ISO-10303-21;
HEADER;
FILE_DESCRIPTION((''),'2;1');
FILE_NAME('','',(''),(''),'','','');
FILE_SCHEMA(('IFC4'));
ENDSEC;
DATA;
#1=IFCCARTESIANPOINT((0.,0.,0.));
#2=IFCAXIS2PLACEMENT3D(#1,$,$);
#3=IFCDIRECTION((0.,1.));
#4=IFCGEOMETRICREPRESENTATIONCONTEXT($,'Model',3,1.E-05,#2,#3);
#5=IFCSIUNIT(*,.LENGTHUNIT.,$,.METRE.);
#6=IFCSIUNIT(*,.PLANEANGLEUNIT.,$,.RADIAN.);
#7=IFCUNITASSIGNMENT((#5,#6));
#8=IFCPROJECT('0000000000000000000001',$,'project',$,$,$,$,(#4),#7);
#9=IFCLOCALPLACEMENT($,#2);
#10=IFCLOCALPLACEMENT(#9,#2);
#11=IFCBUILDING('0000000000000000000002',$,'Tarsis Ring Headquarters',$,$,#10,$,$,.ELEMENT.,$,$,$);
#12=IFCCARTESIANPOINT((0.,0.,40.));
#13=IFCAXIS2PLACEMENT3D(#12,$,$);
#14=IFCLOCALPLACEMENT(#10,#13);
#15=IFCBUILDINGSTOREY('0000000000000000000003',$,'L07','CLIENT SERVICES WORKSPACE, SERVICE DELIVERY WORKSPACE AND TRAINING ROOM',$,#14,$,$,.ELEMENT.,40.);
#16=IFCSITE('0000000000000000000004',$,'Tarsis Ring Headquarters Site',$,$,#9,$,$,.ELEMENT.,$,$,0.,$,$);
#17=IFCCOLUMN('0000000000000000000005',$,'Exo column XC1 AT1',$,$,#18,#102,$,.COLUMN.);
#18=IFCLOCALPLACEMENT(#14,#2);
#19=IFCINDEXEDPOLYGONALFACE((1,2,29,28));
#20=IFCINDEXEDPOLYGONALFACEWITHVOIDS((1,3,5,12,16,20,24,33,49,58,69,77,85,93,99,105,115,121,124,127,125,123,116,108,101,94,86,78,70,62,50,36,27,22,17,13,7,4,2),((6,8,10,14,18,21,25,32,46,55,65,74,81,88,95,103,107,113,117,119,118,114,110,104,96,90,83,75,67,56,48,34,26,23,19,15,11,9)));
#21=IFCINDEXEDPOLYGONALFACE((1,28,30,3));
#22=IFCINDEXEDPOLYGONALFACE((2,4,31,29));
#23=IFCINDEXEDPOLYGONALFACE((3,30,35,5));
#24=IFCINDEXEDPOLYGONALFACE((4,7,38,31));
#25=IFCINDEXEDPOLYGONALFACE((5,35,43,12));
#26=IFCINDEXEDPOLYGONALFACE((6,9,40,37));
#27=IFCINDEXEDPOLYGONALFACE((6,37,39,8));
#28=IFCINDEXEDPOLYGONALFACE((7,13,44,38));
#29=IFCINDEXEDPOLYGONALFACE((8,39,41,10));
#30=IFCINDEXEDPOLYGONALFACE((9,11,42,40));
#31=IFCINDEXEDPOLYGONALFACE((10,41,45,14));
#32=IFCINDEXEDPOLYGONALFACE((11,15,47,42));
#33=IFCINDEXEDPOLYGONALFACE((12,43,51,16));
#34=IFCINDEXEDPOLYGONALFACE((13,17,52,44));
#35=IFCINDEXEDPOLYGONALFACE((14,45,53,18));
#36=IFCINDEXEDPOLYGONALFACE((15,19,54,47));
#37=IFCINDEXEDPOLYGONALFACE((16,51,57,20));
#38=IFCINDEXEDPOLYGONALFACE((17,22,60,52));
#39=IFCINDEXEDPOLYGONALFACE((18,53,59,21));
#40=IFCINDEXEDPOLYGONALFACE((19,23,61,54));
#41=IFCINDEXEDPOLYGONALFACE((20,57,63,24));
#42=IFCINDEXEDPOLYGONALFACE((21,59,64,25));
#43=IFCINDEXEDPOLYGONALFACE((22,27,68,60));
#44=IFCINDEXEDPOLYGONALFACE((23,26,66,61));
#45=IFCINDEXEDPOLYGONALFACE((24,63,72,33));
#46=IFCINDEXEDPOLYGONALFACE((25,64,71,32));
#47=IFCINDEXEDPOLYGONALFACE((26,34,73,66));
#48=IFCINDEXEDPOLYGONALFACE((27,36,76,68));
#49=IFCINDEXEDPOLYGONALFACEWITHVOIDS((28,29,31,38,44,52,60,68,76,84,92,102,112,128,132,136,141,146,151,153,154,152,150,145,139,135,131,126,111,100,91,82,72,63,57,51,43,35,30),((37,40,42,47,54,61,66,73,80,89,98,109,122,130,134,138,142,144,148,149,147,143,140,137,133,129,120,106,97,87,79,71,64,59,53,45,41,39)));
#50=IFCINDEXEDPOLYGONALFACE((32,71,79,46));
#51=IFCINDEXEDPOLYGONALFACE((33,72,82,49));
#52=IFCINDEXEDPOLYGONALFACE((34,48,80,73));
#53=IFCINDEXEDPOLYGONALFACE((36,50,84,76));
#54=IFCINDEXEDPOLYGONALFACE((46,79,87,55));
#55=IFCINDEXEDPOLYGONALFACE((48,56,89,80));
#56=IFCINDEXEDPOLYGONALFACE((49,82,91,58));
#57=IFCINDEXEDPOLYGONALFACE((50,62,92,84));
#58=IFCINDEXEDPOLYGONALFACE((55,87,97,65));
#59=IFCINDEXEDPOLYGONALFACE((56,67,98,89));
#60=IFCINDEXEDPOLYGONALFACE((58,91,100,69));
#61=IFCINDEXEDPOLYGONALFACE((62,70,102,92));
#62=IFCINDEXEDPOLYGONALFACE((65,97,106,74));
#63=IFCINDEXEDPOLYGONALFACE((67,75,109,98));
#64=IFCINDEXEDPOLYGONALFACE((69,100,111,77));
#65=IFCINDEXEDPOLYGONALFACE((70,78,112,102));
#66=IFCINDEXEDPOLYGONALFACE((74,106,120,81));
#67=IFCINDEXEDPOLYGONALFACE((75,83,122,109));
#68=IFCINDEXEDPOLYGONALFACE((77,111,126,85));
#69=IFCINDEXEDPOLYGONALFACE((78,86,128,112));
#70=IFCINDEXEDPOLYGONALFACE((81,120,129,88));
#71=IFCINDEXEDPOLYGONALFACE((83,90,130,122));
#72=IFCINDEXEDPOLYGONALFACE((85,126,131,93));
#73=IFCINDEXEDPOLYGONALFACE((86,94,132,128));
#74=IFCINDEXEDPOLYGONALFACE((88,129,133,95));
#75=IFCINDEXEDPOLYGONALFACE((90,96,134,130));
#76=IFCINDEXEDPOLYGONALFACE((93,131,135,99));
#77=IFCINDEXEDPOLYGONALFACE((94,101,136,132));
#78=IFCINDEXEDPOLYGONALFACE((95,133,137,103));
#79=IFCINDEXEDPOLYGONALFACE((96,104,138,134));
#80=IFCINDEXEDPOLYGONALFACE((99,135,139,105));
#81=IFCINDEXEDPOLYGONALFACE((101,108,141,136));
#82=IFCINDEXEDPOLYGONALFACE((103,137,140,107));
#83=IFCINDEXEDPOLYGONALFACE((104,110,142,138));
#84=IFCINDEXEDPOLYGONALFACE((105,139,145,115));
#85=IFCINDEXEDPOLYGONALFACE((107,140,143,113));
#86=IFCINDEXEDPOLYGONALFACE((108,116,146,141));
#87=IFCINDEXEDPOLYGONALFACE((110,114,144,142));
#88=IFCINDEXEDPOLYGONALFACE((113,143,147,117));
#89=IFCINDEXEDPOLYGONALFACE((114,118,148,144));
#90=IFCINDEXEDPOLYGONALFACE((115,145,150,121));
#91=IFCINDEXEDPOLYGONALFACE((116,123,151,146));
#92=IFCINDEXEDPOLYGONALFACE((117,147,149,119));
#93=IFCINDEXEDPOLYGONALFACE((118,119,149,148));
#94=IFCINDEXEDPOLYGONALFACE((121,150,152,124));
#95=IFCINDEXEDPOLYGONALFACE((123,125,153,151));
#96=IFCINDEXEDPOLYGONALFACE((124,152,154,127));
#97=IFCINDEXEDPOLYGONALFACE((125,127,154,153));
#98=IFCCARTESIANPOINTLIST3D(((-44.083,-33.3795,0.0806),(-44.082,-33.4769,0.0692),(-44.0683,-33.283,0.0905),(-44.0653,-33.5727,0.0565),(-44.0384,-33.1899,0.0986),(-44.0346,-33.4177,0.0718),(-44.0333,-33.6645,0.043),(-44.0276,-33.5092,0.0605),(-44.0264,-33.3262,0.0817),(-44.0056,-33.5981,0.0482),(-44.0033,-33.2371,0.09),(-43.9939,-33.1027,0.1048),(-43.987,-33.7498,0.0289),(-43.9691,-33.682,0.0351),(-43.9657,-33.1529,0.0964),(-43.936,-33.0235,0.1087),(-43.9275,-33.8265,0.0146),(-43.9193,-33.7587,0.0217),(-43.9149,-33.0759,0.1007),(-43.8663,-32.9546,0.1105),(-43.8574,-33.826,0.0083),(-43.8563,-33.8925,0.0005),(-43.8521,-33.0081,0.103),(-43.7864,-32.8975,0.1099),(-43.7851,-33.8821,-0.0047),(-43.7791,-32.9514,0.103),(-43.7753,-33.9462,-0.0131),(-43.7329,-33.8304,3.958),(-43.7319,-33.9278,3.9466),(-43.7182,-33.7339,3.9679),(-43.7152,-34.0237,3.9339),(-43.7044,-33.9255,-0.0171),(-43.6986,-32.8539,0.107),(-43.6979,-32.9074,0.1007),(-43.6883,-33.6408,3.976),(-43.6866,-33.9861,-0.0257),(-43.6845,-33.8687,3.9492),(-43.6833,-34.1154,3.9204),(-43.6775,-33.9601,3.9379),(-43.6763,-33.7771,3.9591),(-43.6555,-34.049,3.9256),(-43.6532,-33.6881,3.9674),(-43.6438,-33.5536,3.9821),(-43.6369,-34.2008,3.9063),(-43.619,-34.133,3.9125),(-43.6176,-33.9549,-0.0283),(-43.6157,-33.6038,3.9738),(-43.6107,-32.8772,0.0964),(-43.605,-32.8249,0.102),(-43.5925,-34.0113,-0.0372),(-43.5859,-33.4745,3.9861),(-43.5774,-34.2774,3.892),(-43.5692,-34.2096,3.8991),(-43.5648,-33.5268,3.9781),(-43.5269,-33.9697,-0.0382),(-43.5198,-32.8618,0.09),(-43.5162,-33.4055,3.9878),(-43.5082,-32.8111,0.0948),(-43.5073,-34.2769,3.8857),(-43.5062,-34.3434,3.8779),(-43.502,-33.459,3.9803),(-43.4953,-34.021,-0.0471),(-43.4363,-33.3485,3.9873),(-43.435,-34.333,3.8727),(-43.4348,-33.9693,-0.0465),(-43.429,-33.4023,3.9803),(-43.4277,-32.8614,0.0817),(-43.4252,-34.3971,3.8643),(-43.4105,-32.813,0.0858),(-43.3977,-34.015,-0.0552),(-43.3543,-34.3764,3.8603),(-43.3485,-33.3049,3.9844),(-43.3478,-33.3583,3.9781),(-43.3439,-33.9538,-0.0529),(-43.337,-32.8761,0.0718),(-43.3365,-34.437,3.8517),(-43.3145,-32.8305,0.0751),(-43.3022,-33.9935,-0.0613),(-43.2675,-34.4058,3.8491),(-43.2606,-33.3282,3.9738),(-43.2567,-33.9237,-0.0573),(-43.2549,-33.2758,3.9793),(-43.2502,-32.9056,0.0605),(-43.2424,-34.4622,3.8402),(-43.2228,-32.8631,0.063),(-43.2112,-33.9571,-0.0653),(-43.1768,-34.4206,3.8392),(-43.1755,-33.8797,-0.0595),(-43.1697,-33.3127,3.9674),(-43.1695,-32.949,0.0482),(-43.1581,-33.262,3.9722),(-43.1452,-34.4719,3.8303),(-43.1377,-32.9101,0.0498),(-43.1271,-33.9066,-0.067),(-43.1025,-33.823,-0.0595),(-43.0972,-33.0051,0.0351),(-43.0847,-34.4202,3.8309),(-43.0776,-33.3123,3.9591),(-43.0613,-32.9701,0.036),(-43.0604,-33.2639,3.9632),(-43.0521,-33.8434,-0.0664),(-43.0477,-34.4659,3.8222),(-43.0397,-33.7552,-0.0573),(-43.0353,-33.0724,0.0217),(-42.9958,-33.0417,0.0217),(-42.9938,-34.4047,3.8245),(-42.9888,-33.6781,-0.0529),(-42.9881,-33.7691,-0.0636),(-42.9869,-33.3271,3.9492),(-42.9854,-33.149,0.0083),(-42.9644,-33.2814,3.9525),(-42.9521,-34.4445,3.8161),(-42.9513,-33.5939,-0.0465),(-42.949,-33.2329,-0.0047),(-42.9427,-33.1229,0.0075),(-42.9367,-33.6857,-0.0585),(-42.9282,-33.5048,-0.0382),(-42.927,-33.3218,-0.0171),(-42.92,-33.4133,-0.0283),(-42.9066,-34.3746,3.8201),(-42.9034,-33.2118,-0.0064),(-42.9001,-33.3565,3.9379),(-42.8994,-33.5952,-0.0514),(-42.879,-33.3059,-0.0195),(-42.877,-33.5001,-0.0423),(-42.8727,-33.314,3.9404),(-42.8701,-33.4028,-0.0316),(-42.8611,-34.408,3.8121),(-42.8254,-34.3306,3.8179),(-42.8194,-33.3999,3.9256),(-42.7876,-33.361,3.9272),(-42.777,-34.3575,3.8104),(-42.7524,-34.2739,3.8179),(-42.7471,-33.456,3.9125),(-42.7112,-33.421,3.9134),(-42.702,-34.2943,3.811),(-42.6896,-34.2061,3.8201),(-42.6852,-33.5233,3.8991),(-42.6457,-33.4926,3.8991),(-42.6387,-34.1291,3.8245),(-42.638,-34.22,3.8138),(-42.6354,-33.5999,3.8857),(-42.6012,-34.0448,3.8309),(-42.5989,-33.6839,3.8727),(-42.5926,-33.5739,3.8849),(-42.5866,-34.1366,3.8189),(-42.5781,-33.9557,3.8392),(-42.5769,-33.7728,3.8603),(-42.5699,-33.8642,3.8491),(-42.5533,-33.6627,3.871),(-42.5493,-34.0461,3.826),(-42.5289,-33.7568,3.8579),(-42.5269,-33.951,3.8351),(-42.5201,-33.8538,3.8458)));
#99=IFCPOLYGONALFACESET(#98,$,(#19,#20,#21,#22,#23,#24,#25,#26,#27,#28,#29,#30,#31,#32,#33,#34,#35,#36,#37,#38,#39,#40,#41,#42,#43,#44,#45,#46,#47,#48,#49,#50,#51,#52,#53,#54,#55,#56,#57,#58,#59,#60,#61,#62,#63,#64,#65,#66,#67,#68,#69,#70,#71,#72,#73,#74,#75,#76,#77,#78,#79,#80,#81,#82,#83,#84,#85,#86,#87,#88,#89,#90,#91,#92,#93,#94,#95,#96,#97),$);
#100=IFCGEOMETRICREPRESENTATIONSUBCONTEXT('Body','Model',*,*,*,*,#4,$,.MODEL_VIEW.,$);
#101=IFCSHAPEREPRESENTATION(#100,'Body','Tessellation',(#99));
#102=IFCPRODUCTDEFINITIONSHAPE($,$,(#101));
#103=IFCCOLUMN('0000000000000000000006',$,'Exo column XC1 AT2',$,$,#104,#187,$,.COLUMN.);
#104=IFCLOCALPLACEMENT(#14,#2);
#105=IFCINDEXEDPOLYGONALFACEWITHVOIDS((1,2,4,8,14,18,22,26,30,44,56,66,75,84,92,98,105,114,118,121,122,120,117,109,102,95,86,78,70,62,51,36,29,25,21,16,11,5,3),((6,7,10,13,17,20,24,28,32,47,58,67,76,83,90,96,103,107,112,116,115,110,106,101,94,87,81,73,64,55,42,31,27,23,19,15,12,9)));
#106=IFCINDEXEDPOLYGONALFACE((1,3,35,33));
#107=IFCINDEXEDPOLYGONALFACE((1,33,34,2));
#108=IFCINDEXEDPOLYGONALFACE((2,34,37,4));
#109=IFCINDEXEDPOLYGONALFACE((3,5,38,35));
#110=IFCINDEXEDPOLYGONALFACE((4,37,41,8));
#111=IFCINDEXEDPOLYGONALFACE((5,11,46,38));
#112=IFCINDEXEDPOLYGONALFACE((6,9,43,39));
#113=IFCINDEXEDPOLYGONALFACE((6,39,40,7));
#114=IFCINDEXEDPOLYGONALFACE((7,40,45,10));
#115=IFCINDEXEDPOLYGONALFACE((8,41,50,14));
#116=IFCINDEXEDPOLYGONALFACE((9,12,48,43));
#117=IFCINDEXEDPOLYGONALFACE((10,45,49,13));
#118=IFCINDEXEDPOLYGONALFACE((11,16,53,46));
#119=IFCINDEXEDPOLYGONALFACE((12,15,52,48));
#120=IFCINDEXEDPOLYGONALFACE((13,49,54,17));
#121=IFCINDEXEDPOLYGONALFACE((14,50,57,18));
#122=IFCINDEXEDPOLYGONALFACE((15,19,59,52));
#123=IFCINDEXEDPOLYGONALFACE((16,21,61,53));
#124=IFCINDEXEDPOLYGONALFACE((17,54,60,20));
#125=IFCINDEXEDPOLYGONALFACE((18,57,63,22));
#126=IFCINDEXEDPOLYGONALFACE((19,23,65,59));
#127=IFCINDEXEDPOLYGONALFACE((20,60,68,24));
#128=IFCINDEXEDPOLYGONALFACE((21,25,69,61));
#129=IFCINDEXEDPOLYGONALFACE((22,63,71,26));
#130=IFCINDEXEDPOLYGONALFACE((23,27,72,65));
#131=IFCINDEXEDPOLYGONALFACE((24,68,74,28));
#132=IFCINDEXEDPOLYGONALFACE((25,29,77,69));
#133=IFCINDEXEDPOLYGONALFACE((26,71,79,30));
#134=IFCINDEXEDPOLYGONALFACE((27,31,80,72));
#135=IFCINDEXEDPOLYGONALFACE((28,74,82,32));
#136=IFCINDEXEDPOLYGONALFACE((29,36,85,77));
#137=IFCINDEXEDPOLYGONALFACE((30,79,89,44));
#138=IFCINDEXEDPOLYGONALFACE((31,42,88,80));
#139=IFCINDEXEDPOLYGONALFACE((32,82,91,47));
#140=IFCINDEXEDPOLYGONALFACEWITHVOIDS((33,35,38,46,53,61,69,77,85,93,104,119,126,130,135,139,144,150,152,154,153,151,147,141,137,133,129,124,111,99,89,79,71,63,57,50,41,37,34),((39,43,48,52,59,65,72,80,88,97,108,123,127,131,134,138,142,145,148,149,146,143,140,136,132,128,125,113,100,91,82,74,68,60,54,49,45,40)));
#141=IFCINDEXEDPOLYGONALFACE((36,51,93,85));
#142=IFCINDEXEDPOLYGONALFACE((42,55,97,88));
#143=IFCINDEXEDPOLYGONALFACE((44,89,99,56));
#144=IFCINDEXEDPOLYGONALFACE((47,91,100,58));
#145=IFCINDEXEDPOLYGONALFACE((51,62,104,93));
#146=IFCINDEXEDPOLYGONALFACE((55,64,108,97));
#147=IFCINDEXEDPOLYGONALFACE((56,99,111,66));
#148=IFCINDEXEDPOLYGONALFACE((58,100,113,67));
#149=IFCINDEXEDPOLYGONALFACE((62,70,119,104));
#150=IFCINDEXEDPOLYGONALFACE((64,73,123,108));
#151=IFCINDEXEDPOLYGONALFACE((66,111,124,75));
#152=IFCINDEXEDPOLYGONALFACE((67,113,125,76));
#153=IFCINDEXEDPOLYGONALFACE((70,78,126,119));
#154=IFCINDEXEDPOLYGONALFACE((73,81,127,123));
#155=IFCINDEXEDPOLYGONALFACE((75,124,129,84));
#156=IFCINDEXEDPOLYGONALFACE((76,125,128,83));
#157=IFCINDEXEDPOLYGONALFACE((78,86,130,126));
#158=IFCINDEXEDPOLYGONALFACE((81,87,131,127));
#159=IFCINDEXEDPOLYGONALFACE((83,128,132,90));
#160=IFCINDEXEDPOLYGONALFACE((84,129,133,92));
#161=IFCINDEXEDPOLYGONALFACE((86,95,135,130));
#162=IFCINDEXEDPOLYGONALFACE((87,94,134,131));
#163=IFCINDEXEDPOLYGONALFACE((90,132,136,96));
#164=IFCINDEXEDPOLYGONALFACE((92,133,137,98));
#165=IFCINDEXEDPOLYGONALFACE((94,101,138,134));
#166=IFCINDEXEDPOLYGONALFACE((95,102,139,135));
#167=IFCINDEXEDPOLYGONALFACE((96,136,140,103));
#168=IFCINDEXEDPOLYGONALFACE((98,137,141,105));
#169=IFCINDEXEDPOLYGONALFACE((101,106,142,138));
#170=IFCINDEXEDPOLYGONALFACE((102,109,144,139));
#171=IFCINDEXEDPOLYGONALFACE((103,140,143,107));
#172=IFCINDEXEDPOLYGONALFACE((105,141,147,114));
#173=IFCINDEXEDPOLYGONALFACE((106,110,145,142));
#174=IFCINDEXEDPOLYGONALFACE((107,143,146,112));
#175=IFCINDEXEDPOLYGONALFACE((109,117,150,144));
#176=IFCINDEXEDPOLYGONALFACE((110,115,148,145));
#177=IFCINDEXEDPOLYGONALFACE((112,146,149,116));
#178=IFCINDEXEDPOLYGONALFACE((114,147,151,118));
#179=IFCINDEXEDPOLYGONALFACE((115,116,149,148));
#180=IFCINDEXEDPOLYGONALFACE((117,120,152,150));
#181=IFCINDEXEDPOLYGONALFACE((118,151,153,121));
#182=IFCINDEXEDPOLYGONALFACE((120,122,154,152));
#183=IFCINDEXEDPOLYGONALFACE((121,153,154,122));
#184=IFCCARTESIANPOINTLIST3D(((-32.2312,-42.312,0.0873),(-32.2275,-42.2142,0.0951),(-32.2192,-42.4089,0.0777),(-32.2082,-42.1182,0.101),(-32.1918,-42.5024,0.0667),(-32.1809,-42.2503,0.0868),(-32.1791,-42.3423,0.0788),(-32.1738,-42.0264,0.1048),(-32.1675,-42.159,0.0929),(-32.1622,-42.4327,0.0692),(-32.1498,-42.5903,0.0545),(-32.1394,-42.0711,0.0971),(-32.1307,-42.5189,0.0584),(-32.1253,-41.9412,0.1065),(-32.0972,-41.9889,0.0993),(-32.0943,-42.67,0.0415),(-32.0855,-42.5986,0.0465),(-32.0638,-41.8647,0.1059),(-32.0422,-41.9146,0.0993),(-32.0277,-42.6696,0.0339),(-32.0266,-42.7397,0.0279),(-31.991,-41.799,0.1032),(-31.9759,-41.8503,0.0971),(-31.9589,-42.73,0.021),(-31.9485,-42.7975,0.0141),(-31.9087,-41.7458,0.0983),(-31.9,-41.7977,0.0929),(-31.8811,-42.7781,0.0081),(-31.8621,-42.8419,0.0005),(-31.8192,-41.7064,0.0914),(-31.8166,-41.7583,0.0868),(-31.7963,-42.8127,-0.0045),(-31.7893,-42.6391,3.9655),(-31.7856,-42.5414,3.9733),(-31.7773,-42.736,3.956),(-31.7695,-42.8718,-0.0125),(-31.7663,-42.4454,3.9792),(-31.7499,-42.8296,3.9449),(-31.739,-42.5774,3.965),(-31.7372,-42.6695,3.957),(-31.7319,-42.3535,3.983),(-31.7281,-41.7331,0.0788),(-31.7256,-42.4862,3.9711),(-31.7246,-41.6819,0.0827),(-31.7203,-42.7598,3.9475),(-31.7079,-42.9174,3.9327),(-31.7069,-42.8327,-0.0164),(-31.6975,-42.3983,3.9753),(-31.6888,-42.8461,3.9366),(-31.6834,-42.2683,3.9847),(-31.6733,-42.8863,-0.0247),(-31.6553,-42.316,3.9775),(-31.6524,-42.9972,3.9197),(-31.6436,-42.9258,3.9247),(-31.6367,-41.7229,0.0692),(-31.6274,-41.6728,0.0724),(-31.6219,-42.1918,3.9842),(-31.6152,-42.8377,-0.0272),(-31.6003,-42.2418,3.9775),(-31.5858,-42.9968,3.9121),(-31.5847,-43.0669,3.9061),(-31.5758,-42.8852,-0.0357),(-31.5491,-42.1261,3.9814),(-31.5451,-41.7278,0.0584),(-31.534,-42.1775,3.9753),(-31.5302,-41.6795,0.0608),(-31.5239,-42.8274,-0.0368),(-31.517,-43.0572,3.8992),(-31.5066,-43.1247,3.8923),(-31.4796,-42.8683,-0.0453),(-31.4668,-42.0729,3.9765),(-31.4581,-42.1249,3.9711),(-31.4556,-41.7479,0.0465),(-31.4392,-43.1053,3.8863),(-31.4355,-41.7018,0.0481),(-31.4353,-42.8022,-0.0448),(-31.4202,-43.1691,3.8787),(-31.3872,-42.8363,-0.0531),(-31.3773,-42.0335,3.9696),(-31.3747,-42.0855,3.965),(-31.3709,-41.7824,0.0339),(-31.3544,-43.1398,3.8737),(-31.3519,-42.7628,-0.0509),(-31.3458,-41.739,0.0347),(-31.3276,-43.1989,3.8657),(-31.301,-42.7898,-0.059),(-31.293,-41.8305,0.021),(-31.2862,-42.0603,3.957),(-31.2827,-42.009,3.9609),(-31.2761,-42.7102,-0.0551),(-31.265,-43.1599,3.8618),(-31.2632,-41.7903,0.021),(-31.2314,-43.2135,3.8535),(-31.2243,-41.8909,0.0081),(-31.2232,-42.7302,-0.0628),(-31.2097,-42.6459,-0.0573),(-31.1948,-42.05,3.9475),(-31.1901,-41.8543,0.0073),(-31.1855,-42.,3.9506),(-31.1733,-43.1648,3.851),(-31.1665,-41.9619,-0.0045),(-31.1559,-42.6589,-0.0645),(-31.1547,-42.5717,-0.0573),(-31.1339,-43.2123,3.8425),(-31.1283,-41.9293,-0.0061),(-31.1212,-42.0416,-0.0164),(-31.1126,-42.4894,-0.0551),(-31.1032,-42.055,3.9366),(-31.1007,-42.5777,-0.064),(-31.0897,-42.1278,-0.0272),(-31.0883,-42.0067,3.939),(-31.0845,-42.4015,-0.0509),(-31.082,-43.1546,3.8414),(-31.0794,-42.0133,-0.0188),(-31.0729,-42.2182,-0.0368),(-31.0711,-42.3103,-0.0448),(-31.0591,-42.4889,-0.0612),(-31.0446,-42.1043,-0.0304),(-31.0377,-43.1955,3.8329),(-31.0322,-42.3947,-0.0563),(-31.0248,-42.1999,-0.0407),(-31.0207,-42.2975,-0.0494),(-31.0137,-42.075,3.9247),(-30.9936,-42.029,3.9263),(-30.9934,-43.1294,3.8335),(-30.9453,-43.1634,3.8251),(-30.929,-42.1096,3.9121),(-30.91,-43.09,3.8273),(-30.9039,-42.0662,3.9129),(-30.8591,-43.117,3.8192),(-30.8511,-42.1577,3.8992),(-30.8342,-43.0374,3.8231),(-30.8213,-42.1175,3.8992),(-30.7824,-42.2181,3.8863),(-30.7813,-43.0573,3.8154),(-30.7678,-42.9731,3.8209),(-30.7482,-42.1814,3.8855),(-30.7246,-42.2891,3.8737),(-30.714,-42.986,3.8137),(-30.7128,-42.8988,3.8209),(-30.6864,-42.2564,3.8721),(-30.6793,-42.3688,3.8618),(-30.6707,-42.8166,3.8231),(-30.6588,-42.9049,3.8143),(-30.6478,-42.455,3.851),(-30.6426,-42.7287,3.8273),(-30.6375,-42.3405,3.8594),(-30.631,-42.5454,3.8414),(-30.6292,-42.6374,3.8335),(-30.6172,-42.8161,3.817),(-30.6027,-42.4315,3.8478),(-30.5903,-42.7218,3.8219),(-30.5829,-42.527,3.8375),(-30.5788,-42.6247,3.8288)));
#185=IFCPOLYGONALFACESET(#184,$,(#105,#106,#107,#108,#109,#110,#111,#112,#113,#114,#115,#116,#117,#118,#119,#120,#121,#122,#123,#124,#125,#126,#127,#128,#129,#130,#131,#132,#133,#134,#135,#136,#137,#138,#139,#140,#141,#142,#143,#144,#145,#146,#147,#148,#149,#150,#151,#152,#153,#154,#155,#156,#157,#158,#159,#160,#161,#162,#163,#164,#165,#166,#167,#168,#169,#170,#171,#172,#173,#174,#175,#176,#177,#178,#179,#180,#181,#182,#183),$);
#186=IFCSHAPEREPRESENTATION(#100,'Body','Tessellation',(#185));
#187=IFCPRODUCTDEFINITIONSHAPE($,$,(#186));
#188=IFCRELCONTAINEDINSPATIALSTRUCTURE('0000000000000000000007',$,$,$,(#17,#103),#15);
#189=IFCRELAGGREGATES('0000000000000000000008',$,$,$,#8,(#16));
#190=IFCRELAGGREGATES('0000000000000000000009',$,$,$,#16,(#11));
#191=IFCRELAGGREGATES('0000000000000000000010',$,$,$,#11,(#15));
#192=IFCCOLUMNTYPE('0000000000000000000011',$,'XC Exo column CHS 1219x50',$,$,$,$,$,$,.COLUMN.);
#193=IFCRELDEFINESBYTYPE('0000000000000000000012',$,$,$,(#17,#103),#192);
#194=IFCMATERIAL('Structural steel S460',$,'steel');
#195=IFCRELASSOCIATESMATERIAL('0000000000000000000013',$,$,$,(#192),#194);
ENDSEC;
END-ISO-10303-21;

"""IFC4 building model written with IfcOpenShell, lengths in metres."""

from ifc_helpers import new_model, si_unit, direction, frame, origin, origin_2d, place, context, subcontext, project, spatial, hollow_circle, extrude, material, material_profile, profile_set, type_object, element, save


model = new_model("IFC4")

# Units and contexts
model_context = context("Model", 3, precision=1e-05, world=origin(), true_north=direction((0.0, 1.0)))
body_context = subcontext(model_context, "Body", "Model", "MODEL_VIEW")
ifc_project = project(units=[si_unit("LENGTHUNIT", "METRE"), si_unit("PLANEANGLEUNIT", "RADIAN")], contexts=[model_context])

# Site, building, storey
site_placement = place(None, origin())
site = spatial("IfcSite", under=ifc_project, at=site_placement, Name="Tarsis Ring Headquarters Site", CompositionType="ELEMENT", RefElevation=0.0)
building_placement = place(site_placement, origin())
building = spatial("IfcBuilding", under=site, at=building_placement, Name="Tarsis Ring Headquarters", CompositionType="ELEMENT")
storey_placement = place(building_placement, frame((0.0, 0.0, 40.0)))
storey = spatial("IfcBuildingStorey", under=building, at=storey_placement, Name="L07", Description="CLIENT SERVICES WORKSPACE, SERVICE DELIVERY WORKSPACE AND TRAINING ROOM", CompositionType="ELEMENT", Elevation=40.0)

# Columns
ifc_material_1 = material(Name="Structural steel S460", Category="steel")
ifc_material_profile_1 = material_profile(ifc_material_1, hollow_circle(Radius=0.6096, WallThickness=0.05, at=origin_2d()), Name="CHS 1219x50")
ifc_profile_set_1 = profile_set([ifc_material_profile_1], Name="Structural steel S460")
column_type = type_object("IfcColumnType", Name="XC Exo column CHS 1219x50", PredefinedType="COLUMN", material=ifc_profile_set_1)
column_1_placement = place(storey_placement, frame((-43.4773, -33.4155, 0.0217), z_axis=(0.089328, -0.115055, 0.989335), x_axis=(0.789882, 0.613259, 0.0)))
element("IfcColumn", 1, at=column_1_placement, inside=storey, type_object=column_type, Name="Exo column XC1 AT1", PredefinedType="COLUMN", context=body_context, shape_type="SweptSolid", body=[
    extrude(hollow_circle(Radius=0.6096, WallThickness=0.05, at=origin_2d()), origin(), (0.0, 0.0, 1.0), 3.9192),
])
column_2_placement = place(storey_placement, frame((-31.626, -42.2803, 0.021), z_axis=(0.112816, -0.083521, 0.990099), x_axis=(0.595015, 0.803714, 0.0)))
element("IfcColumn", 2, at=column_2_placement, inside=storey, type_object=column_type, Name="Exo column XC1 AT2", PredefinedType="COLUMN", context=body_context, shape_type="SweptSolid", body=[
    extrude(hollow_circle(Radius=0.6096, WallThickness=0.05, at=origin_2d()), origin(), (0.0, 0.0, 1.0), 3.917),
])

save(model, "model.ifc")
